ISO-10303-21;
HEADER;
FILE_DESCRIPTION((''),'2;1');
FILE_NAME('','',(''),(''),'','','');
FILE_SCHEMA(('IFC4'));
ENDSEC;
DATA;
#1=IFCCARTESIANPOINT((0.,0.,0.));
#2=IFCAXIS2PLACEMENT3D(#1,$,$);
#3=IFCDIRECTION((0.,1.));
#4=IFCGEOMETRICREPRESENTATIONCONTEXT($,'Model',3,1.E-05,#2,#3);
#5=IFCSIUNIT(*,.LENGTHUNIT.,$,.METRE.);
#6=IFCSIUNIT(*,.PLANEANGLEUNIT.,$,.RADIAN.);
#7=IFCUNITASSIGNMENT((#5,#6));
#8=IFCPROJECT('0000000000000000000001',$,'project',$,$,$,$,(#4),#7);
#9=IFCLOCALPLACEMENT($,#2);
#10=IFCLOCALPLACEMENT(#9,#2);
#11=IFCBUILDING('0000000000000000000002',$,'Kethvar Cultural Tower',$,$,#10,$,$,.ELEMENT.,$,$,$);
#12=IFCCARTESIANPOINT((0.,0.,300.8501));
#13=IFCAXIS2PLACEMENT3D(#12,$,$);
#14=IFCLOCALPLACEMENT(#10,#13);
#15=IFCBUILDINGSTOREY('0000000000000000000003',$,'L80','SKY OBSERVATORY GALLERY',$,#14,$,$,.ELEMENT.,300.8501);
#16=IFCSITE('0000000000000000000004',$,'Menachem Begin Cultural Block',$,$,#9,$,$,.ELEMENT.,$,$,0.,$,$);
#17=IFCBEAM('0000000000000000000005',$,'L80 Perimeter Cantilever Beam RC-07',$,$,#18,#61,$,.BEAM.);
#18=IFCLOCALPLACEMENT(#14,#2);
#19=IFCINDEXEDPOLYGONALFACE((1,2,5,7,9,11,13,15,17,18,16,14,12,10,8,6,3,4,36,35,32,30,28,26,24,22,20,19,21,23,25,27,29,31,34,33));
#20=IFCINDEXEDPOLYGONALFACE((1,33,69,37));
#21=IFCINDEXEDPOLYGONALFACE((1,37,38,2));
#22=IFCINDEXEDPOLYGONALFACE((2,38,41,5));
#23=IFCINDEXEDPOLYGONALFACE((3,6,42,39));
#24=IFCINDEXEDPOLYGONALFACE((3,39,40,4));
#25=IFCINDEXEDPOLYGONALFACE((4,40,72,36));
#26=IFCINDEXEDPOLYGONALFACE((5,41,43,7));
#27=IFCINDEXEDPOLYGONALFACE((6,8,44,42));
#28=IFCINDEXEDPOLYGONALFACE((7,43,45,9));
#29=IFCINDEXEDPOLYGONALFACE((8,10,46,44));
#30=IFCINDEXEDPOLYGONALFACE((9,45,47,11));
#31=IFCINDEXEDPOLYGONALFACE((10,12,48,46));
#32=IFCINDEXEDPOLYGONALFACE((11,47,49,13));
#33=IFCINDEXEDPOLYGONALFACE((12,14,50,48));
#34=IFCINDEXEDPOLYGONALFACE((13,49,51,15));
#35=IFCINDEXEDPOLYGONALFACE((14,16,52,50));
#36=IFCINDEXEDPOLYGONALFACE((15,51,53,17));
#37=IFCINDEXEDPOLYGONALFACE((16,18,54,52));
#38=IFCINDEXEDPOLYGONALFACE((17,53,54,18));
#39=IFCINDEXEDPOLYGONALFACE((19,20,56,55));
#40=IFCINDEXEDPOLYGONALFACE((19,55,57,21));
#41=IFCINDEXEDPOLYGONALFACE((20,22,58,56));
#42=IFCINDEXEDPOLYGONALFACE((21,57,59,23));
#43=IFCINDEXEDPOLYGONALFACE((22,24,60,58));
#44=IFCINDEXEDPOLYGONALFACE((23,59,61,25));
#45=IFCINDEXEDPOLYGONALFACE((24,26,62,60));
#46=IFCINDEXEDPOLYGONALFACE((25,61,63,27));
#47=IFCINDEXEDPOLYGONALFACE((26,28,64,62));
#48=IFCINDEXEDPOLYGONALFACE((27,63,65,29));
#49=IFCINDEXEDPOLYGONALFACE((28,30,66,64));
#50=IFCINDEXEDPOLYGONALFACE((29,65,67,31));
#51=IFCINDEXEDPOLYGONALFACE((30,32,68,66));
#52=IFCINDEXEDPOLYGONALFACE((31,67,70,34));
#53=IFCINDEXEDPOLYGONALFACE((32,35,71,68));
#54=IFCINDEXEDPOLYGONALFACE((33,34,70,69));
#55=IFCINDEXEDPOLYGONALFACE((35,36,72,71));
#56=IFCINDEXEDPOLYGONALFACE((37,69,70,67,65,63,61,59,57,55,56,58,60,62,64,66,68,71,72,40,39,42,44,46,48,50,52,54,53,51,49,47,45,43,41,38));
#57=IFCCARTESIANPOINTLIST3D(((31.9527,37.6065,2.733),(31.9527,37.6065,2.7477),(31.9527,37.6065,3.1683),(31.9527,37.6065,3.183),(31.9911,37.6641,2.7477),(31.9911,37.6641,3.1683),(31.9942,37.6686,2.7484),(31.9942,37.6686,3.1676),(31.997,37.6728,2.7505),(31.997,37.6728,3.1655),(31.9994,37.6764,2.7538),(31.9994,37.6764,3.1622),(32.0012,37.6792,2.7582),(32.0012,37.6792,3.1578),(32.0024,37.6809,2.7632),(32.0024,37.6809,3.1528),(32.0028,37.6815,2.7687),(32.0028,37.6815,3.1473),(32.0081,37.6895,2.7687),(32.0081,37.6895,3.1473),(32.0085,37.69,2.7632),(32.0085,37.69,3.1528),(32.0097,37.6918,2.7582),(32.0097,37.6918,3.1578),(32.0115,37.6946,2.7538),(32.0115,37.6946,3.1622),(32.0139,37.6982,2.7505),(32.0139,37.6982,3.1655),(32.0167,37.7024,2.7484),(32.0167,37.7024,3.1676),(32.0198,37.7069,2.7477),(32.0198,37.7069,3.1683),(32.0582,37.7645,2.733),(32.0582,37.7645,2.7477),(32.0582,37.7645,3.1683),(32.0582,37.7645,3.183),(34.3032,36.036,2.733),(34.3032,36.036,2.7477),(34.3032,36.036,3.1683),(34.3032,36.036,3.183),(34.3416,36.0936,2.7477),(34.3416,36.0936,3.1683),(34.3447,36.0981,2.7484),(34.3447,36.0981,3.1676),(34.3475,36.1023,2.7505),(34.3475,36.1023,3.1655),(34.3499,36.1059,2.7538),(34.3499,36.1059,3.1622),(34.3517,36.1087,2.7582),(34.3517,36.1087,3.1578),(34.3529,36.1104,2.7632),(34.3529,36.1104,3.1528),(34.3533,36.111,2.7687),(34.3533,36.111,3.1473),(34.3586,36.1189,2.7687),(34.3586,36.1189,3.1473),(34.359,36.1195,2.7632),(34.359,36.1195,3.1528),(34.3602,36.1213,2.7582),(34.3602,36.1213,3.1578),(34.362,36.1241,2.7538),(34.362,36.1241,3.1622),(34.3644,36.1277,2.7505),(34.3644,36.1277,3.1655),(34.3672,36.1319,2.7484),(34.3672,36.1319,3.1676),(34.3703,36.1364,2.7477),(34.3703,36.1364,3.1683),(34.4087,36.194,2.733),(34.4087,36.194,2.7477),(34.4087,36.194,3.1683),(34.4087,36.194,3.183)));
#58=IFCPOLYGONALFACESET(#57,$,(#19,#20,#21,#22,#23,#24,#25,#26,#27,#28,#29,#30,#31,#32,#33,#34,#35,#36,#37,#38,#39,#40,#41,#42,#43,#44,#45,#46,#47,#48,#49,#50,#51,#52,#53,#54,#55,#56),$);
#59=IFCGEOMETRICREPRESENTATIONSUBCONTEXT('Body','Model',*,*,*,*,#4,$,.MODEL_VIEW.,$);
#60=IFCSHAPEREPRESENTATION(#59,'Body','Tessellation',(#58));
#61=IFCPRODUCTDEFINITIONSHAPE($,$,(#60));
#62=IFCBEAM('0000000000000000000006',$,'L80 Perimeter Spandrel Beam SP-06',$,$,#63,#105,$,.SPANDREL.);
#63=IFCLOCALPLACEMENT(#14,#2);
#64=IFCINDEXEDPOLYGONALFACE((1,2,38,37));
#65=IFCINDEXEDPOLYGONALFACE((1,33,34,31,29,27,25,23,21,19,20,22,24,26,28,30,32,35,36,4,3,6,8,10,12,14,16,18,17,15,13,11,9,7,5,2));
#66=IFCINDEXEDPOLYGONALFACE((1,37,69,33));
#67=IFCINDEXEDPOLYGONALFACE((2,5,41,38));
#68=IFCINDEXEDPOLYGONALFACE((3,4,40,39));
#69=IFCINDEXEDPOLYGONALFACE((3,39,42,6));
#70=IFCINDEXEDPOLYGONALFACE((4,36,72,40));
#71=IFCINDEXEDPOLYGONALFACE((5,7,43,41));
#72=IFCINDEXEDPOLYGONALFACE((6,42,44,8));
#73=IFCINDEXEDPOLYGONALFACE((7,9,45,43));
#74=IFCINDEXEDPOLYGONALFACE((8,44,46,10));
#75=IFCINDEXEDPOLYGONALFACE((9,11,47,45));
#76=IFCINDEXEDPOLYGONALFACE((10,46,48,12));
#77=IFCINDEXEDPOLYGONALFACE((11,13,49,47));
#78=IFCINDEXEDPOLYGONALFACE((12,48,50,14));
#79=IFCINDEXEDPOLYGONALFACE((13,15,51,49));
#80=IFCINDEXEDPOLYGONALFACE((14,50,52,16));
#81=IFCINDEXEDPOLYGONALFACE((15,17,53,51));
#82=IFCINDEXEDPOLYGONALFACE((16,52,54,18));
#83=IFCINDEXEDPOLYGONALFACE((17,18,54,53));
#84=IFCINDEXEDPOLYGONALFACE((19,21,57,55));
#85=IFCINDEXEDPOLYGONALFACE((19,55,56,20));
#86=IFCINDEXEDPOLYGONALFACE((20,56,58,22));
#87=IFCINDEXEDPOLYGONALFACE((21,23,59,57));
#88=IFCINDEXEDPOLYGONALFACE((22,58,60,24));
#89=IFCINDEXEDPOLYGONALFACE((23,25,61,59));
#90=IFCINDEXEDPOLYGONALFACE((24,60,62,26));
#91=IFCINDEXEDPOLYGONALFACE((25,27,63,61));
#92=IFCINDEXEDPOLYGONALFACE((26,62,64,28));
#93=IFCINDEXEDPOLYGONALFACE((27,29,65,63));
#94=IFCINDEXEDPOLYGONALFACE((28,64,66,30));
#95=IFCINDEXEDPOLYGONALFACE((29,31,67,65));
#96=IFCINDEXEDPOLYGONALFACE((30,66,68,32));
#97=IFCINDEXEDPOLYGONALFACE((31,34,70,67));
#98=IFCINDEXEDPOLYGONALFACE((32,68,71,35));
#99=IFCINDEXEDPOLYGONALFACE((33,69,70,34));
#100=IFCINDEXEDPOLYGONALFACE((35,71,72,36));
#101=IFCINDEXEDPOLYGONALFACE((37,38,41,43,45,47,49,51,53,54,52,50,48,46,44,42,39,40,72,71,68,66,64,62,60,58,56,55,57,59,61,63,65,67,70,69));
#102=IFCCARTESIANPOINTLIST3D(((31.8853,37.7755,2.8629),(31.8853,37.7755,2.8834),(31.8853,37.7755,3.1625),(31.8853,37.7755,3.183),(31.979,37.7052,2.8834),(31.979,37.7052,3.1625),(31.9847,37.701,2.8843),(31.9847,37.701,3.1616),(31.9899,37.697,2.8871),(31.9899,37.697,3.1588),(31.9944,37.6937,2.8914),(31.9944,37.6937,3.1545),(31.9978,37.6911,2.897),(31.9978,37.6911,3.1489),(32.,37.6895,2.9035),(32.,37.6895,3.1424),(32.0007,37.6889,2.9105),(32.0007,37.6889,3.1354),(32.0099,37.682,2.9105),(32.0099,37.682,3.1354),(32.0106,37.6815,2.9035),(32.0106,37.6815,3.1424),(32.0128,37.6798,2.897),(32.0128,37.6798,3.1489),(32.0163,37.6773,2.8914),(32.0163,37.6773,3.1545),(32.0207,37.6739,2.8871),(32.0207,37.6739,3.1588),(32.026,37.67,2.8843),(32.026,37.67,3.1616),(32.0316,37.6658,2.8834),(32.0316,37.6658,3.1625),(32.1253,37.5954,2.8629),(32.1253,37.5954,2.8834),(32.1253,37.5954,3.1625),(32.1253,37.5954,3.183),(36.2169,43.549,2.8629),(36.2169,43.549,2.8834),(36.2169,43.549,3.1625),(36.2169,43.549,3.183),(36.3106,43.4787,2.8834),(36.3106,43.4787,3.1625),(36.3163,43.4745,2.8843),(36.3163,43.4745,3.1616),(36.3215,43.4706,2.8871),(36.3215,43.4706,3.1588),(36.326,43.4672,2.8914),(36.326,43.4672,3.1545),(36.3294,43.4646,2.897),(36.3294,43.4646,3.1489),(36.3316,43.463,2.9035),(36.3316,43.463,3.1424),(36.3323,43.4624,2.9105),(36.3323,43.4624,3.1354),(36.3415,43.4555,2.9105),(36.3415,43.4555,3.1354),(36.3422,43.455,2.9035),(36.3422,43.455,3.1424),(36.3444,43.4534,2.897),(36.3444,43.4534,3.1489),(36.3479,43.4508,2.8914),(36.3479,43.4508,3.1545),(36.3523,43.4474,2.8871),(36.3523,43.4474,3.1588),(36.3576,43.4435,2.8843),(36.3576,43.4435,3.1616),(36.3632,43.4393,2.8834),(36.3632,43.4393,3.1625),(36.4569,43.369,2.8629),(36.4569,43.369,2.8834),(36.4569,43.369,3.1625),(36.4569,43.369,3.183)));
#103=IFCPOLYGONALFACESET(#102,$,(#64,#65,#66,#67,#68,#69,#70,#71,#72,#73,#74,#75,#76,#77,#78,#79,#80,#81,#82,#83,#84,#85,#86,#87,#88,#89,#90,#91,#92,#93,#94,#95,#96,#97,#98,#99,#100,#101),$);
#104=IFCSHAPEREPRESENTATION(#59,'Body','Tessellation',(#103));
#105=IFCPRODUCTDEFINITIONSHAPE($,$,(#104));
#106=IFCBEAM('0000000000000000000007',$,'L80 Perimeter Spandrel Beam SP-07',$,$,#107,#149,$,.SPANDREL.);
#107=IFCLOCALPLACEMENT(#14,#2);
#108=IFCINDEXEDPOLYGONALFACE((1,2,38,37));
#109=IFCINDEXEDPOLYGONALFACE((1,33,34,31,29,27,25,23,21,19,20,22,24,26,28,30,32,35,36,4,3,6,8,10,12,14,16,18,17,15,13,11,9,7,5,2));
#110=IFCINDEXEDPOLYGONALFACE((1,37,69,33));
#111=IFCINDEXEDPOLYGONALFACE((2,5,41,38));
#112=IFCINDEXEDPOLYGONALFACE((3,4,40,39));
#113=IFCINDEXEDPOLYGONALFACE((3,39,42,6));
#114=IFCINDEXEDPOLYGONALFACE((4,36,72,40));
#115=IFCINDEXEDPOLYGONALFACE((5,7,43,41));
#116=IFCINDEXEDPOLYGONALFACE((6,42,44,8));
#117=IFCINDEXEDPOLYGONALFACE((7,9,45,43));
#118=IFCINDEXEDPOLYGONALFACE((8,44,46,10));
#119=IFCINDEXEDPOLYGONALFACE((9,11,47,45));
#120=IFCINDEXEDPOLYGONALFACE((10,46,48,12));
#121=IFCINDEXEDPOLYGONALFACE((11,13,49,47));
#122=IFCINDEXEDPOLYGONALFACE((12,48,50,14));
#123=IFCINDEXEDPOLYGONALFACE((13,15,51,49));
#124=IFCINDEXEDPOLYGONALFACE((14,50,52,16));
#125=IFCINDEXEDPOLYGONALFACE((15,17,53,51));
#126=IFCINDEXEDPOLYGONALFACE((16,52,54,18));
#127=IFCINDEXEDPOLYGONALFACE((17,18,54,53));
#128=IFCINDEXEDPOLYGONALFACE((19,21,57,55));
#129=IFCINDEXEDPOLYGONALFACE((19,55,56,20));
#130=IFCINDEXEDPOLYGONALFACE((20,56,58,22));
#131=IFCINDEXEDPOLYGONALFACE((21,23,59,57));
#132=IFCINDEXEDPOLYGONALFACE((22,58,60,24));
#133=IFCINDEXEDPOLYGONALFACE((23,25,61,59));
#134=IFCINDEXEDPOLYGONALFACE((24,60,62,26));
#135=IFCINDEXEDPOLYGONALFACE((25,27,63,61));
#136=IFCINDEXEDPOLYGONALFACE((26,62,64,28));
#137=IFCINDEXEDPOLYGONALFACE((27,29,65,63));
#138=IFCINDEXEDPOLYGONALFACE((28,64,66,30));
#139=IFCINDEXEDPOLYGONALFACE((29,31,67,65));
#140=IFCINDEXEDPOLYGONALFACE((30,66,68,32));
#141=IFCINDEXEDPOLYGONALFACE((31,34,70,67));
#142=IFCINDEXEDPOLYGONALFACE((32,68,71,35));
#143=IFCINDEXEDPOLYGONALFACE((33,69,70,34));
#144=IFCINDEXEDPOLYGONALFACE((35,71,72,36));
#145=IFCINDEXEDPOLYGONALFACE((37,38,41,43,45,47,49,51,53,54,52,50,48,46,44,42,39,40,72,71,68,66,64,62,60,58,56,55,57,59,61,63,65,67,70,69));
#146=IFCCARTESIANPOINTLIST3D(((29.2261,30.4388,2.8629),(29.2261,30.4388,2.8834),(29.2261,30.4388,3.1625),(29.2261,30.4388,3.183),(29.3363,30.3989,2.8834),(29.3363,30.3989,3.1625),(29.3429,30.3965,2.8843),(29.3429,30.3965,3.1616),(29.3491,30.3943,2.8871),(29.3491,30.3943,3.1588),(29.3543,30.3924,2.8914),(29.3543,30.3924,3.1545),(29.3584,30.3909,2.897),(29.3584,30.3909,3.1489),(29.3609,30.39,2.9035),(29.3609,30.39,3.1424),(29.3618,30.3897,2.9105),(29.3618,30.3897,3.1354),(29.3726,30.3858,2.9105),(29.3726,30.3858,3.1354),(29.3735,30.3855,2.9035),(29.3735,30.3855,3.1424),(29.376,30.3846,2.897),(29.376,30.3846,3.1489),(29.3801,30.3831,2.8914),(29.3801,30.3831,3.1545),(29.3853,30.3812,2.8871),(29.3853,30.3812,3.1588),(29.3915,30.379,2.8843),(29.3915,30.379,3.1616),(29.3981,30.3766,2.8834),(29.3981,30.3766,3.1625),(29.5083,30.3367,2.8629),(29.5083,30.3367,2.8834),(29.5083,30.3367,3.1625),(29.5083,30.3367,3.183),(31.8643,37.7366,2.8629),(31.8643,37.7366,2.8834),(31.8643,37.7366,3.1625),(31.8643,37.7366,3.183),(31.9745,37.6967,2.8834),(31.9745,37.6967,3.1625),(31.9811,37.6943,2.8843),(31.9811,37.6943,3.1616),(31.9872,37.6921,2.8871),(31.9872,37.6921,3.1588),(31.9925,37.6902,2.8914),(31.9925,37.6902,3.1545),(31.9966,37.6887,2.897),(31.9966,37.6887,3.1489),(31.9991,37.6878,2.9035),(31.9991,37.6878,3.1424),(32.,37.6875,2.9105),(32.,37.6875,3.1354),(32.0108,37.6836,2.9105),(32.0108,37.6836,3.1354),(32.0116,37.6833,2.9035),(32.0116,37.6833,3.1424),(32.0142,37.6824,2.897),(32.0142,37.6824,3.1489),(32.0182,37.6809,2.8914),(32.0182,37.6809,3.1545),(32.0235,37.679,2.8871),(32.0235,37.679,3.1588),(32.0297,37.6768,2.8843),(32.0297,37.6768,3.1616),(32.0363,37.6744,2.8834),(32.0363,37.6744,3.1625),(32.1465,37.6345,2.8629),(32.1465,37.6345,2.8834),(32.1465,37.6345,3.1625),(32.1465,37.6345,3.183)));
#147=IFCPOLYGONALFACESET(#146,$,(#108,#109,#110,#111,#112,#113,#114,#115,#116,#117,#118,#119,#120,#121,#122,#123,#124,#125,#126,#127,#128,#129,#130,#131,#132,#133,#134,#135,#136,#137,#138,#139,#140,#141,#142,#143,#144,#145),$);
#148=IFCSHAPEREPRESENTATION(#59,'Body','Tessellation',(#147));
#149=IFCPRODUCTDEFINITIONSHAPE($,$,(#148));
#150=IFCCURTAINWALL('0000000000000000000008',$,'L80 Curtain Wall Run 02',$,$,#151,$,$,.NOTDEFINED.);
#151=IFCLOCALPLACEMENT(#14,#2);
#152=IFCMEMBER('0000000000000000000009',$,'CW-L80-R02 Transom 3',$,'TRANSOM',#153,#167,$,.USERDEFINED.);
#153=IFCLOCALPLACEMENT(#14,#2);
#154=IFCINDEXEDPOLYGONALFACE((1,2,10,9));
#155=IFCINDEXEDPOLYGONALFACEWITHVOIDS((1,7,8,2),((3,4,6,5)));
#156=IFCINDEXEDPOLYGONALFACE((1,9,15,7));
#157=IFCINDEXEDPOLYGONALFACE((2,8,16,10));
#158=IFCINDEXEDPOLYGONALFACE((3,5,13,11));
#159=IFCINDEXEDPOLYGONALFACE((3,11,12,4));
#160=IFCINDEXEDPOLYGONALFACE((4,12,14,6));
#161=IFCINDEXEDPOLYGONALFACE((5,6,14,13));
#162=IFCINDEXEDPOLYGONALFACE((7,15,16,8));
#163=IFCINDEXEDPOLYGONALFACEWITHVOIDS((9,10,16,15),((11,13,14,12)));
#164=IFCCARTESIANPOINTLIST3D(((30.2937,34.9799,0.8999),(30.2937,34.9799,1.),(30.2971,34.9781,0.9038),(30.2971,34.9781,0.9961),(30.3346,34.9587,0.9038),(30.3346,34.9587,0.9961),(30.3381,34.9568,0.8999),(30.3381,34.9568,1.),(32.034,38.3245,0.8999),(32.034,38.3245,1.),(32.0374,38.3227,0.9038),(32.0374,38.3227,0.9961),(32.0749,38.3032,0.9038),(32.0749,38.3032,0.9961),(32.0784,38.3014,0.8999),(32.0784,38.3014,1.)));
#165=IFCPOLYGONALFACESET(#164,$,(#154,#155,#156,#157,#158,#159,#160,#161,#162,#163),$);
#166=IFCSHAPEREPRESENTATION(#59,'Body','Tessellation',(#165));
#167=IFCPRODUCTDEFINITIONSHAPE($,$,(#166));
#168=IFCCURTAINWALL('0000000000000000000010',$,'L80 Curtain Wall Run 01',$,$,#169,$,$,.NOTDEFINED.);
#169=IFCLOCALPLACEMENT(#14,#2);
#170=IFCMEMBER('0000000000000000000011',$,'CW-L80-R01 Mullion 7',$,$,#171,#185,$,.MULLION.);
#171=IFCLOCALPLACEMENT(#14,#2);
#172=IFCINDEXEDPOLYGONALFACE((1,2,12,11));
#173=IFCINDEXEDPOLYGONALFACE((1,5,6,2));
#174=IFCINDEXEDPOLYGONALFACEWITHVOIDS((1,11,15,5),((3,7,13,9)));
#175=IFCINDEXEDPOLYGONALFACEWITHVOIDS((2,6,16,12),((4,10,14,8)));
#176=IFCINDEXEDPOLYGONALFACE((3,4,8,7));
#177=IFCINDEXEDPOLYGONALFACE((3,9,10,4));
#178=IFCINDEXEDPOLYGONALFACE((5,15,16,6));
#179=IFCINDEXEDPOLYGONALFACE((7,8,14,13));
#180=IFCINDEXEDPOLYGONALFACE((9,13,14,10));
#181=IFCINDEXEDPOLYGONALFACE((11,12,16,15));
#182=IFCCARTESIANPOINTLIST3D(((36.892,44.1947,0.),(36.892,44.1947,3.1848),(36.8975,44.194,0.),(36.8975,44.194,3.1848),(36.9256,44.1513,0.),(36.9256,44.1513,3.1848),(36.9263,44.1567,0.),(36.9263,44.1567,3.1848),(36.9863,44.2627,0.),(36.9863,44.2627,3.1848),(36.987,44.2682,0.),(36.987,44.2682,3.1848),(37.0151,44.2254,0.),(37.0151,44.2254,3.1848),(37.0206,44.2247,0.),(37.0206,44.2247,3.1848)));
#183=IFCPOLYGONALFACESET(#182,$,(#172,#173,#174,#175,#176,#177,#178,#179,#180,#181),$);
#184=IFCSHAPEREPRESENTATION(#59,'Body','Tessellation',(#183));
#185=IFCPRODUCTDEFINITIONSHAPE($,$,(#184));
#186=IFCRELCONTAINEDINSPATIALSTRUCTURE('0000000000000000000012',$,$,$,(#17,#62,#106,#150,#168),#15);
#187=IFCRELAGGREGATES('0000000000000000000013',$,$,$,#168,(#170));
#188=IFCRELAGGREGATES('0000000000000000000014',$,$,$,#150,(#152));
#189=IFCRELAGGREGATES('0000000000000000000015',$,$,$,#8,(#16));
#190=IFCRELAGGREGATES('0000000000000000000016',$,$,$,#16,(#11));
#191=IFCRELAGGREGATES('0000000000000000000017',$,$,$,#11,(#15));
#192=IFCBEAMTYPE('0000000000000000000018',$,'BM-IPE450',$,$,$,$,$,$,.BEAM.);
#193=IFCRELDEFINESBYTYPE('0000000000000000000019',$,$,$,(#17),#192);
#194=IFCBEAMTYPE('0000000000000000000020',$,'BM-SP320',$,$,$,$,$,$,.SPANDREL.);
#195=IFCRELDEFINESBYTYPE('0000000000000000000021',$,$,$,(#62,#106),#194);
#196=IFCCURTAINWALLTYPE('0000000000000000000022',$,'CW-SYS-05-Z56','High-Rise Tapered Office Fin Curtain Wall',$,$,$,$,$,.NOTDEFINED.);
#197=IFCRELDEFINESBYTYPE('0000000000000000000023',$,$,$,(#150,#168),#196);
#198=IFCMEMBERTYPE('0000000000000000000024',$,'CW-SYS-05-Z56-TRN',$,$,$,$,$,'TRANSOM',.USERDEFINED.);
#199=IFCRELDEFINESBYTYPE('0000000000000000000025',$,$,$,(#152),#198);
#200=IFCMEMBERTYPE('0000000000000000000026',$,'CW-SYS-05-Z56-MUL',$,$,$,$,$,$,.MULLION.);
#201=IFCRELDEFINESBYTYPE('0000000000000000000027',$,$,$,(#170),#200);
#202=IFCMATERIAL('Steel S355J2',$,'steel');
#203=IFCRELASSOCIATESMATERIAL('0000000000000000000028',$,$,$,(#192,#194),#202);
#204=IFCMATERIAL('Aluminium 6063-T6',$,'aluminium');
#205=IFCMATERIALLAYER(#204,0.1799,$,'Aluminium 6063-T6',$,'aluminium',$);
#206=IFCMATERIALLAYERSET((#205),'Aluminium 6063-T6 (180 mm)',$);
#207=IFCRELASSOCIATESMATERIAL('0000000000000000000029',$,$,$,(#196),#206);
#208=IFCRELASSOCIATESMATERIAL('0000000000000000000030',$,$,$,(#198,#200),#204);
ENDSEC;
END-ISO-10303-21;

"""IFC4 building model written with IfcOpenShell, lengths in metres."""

from ifc_helpers import new_model, si_unit, direction, frame, origin, origin_2d, place, context, subcontext, project, spatial, hollow_rectangle, i_section, extrude, source, transform, mapped, material, layer, layer_set, material_profile, profile_set, type_object, element, aggregate, save


model = new_model("IFC4")

# Units and contexts
model_context = context("Model", 3, precision=1e-05, world=origin(), true_north=direction((0.0, 1.0)))
body_context = subcontext(model_context, "Body", "Model", "MODEL_VIEW")
ifc_project = project(units=[si_unit("LENGTHUNIT", "METRE"), si_unit("PLANEANGLEUNIT", "RADIAN")], contexts=[model_context])

# Site, building, storey
site_placement = place(None, origin())
site = spatial("IfcSite", under=ifc_project, at=site_placement, Name="Menachem Begin Cultural Block", CompositionType="ELEMENT", RefElevation=0.0)
building_placement = place(site_placement, origin())
building = spatial("IfcBuilding", under=site, at=building_placement, Name="Kethvar Cultural Tower", CompositionType="ELEMENT")
storey_placement = place(building_placement, frame((0.0, 0.0, 300.8501)))
storey = spatial("IfcBuildingStorey", under=building, at=storey_placement, Name="L80", Description="SKY OBSERVATORY GALLERY", CompositionType="ELEMENT", Elevation=300.8501)

# Shared definitions
ifc_material_1 = material(Name="Steel S355J2", Category="steel")

# Beams
ifc_material_profile_1 = material_profile(ifc_material_1, i_section(OverallWidth=0.1899, OverallDepth=0.45, WebThickness=0.0095, FlangeThickness=0.0146, FilletRadius=0.021, at=origin_2d()), Name="Steel S355J2 — IPE450")
ifc_profile_set_1 = profile_set([ifc_material_profile_1], Name="Steel S355J2 — IPE450")
beam_type_1 = type_object("IfcBeamType", Name="BM-IPE450", PredefinedType="BEAM", material=ifc_profile_set_1)
shared_shape_1 = source(origin(), body_context, "Body", "SweptSolid", [
    extrude(i_section(OverallWidth=0.1899, OverallDepth=0.45, WebThickness=0.0095, FlangeThickness=0.0146, FilletRadius=0.021, at=origin_2d()), origin(), (0.0, 0.0, 1.0), 2.8269),
])
beam_1_placement = place(storey_placement, frame((34.356, 36.115, 2.958), z_axis=(-0.831479, 0.555557, 0.0), x_axis=(-0.555557, -0.831479, 0.0)))
element("IfcBeam", 1, at=beam_1_placement, inside=storey, type_object=beam_type_1, Name="L80 Perimeter Cantilever Beam RC-07", PredefinedType="BEAM", context=body_context, shape_type="MappedRepresentation", body=[
    mapped(shared_shape_1, transform((0.0, 0.0, 0.0), scale=1.0)),
])
ifc_material_profile_2 = material_profile(ifc_material_1, i_section(OverallWidth=0.3, OverallDepth=0.3201, WebThickness=0.0115, FlangeThickness=0.0205, FilletRadius=0.0271, at=origin_2d()), Name="Steel S355J2 — HEB320")
ifc_profile_set_2 = profile_set([ifc_material_profile_2], Name="Steel S355J2 — HEB320")
beam_type_2 = type_object("IfcBeamType", Name="BM-SP320", PredefinedType="SPANDREL", material=ifc_profile_set_2)
shared_shape_2 = source(origin(), body_context, "Body", "SweptSolid", [
    extrude(i_section(OverallWidth=0.3, OverallDepth=0.3201, WebThickness=0.0115, FlangeThickness=0.0205, FilletRadius=0.0271, at=origin_2d()), origin(), (0.0, 0.0, 1.0), 7.2178),
])
beam_2_placement = place(storey_placement, frame((36.3369, 43.459, 3.0229), z_axis=(-0.60013, -0.799903, 0.0), x_axis=(0.799903, -0.60013, 0.0)))
element("IfcBeam", 2, at=beam_2_placement, inside=storey, type_object=beam_type_2, Name="L80 Perimeter Spandrel Beam SP-06", PredefinedType="SPANDREL", context=body_context, shape_type="MappedRepresentation", body=[
    mapped(shared_shape_2, transform((0.0, 0.0, 0.0), scale=1.0)),
])
shared_shape_3 = source(origin(), body_context, "Body", "SweptSolid", [
    extrude(i_section(OverallWidth=0.3, OverallDepth=0.3201, WebThickness=0.0115, FlangeThickness=0.0205, FilletRadius=0.0271, at=origin_2d()), origin(), (0.0, 0.0, 1.0), 7.76),
])
beam_3_placement = place(storey_placement, frame((32.0054, 37.6855, 3.0229), z_axis=(-0.339969, -0.940437, 0.0), x_axis=(0.940437, -0.339969, 0.0)))
element("IfcBeam", 3, at=beam_3_placement, inside=storey, type_object=beam_type_2, Name="L80 Perimeter Spandrel Beam SP-07", PredefinedType="SPANDREL", context=body_context, shape_type="MappedRepresentation", body=[
    mapped(shared_shape_3, transform((0.0, 0.0, 0.0), scale=1.0)),
])

# Curtain walls, members
ifc_material_2 = material(Name="Aluminium 6063-T6", Category="aluminium")
ifc_layer_1 = layer(ifc_material_2, 0.1799, Name="Aluminium 6063-T6", Category="aluminium")
ifc_layer_set_1 = layer_set([ifc_layer_1], Name="Aluminium 6063-T6 (180 mm)")
curtain_wall_type = type_object("IfcCurtainWallType", Name="CW-SYS-05-Z56", Description="High-Rise Tapered Office Fin Curtain Wall", PredefinedType="NOTDEFINED", material=ifc_layer_set_1)
curtain_wall_1_placement = place(storey_placement, origin())
curtain_wall_1 = element("IfcCurtainWall", 4, at=curtain_wall_1_placement, inside=storey, type_object=curtain_wall_type, Name="L80 Curtain Wall Run 02", PredefinedType="NOTDEFINED")
ifc_material_profile_3 = material_profile(ifc_material_2, hollow_rectangle(XDim=0.05, YDim=0.1001, WallThickness=0.0039, at=origin_2d()), Name="Aluminium 6063-T6 — RHS100x50x4")
ifc_profile_set_3 = profile_set([ifc_material_profile_3], Name="Aluminium 6063-T6 — RHS100x50x4")
member_type_1 = type_object("IfcMemberType", Name="CW-SYS-05-Z56-TRN", ElementType="TRANSOM", PredefinedType="USERDEFINED", material=ifc_profile_set_3)
shared_shape_4 = source(origin(), body_context, "Body", "SweptSolid", [
    extrude(hollow_rectangle(XDim=0.05, YDim=0.1001, WallThickness=0.0039, at=origin_2d()), origin(), (0.0, 0.0, 1.0), 3.7703),
])
member_1_placement = place(storey_placement, frame((32.0562, 38.313, 0.95), z_axis=(-0.461583, -0.887097, 0.0), x_axis=(0.887097, -0.461583, 0.0)))
member_1 = element("IfcMember", 5, at=member_1_placement, type_object=member_type_1, Name="CW-L80-R02 Transom 3", ObjectType="TRANSOM", PredefinedType="USERDEFINED", context=body_context, shape_type="MappedRepresentation", body=[
    mapped(shared_shape_4, transform((0.0, 0.0, 0.0), scale=1.0)),
])
curtain_wall_2_placement = place(storey_placement, origin())
curtain_wall_2 = element("IfcCurtainWall", 6, at=curtain_wall_2_placement, inside=storey, type_object=curtain_wall_type, Name="L80 Curtain Wall Run 01", PredefinedType="NOTDEFINED")
ifc_material_profile_4 = material_profile(ifc_material_2, hollow_rectangle(XDim=0.0549, YDim=0.1201, WallThickness=0.0039, at=origin_2d()), Name="Aluminium 6063-T6 — RHS120x55x4")
ifc_profile_set_4 = profile_set([ifc_material_profile_4], Name="Aluminium 6063-T6 — RHS120x55x4")
member_type_2 = type_object("IfcMemberType", Name="CW-SYS-05-Z56-MUL", PredefinedType="MULLION", material=ifc_profile_set_4)
shared_shape_5 = source(origin(), body_context, "Body", "SweptSolid", [
    extrude(hollow_rectangle(XDim=0.0549, YDim=0.1201, WallThickness=0.0039, at=origin_2d()), origin(), (0.0, 0.0, 1.0), 3.1848),
])
member_2_placement = place(storey_placement, frame((36.9563, 44.2097, 0.0), z_axis=(0.0, 0.0, 1.0), x_axis=(0.611334, -0.791373, 0.0)))
member_2 = element("IfcMember", 7, at=member_2_placement, type_object=member_type_2, Name="CW-L80-R01 Mullion 7", PredefinedType="MULLION", context=body_context, shape_type="MappedRepresentation", body=[
    mapped(shared_shape_5, transform((0.0, 0.0, 0.0), scale=1.0)),
])
aggregate(curtain_wall_2, [member_2])

aggregate(curtain_wall_1, [member_1])

save(model, "model.ifc")
